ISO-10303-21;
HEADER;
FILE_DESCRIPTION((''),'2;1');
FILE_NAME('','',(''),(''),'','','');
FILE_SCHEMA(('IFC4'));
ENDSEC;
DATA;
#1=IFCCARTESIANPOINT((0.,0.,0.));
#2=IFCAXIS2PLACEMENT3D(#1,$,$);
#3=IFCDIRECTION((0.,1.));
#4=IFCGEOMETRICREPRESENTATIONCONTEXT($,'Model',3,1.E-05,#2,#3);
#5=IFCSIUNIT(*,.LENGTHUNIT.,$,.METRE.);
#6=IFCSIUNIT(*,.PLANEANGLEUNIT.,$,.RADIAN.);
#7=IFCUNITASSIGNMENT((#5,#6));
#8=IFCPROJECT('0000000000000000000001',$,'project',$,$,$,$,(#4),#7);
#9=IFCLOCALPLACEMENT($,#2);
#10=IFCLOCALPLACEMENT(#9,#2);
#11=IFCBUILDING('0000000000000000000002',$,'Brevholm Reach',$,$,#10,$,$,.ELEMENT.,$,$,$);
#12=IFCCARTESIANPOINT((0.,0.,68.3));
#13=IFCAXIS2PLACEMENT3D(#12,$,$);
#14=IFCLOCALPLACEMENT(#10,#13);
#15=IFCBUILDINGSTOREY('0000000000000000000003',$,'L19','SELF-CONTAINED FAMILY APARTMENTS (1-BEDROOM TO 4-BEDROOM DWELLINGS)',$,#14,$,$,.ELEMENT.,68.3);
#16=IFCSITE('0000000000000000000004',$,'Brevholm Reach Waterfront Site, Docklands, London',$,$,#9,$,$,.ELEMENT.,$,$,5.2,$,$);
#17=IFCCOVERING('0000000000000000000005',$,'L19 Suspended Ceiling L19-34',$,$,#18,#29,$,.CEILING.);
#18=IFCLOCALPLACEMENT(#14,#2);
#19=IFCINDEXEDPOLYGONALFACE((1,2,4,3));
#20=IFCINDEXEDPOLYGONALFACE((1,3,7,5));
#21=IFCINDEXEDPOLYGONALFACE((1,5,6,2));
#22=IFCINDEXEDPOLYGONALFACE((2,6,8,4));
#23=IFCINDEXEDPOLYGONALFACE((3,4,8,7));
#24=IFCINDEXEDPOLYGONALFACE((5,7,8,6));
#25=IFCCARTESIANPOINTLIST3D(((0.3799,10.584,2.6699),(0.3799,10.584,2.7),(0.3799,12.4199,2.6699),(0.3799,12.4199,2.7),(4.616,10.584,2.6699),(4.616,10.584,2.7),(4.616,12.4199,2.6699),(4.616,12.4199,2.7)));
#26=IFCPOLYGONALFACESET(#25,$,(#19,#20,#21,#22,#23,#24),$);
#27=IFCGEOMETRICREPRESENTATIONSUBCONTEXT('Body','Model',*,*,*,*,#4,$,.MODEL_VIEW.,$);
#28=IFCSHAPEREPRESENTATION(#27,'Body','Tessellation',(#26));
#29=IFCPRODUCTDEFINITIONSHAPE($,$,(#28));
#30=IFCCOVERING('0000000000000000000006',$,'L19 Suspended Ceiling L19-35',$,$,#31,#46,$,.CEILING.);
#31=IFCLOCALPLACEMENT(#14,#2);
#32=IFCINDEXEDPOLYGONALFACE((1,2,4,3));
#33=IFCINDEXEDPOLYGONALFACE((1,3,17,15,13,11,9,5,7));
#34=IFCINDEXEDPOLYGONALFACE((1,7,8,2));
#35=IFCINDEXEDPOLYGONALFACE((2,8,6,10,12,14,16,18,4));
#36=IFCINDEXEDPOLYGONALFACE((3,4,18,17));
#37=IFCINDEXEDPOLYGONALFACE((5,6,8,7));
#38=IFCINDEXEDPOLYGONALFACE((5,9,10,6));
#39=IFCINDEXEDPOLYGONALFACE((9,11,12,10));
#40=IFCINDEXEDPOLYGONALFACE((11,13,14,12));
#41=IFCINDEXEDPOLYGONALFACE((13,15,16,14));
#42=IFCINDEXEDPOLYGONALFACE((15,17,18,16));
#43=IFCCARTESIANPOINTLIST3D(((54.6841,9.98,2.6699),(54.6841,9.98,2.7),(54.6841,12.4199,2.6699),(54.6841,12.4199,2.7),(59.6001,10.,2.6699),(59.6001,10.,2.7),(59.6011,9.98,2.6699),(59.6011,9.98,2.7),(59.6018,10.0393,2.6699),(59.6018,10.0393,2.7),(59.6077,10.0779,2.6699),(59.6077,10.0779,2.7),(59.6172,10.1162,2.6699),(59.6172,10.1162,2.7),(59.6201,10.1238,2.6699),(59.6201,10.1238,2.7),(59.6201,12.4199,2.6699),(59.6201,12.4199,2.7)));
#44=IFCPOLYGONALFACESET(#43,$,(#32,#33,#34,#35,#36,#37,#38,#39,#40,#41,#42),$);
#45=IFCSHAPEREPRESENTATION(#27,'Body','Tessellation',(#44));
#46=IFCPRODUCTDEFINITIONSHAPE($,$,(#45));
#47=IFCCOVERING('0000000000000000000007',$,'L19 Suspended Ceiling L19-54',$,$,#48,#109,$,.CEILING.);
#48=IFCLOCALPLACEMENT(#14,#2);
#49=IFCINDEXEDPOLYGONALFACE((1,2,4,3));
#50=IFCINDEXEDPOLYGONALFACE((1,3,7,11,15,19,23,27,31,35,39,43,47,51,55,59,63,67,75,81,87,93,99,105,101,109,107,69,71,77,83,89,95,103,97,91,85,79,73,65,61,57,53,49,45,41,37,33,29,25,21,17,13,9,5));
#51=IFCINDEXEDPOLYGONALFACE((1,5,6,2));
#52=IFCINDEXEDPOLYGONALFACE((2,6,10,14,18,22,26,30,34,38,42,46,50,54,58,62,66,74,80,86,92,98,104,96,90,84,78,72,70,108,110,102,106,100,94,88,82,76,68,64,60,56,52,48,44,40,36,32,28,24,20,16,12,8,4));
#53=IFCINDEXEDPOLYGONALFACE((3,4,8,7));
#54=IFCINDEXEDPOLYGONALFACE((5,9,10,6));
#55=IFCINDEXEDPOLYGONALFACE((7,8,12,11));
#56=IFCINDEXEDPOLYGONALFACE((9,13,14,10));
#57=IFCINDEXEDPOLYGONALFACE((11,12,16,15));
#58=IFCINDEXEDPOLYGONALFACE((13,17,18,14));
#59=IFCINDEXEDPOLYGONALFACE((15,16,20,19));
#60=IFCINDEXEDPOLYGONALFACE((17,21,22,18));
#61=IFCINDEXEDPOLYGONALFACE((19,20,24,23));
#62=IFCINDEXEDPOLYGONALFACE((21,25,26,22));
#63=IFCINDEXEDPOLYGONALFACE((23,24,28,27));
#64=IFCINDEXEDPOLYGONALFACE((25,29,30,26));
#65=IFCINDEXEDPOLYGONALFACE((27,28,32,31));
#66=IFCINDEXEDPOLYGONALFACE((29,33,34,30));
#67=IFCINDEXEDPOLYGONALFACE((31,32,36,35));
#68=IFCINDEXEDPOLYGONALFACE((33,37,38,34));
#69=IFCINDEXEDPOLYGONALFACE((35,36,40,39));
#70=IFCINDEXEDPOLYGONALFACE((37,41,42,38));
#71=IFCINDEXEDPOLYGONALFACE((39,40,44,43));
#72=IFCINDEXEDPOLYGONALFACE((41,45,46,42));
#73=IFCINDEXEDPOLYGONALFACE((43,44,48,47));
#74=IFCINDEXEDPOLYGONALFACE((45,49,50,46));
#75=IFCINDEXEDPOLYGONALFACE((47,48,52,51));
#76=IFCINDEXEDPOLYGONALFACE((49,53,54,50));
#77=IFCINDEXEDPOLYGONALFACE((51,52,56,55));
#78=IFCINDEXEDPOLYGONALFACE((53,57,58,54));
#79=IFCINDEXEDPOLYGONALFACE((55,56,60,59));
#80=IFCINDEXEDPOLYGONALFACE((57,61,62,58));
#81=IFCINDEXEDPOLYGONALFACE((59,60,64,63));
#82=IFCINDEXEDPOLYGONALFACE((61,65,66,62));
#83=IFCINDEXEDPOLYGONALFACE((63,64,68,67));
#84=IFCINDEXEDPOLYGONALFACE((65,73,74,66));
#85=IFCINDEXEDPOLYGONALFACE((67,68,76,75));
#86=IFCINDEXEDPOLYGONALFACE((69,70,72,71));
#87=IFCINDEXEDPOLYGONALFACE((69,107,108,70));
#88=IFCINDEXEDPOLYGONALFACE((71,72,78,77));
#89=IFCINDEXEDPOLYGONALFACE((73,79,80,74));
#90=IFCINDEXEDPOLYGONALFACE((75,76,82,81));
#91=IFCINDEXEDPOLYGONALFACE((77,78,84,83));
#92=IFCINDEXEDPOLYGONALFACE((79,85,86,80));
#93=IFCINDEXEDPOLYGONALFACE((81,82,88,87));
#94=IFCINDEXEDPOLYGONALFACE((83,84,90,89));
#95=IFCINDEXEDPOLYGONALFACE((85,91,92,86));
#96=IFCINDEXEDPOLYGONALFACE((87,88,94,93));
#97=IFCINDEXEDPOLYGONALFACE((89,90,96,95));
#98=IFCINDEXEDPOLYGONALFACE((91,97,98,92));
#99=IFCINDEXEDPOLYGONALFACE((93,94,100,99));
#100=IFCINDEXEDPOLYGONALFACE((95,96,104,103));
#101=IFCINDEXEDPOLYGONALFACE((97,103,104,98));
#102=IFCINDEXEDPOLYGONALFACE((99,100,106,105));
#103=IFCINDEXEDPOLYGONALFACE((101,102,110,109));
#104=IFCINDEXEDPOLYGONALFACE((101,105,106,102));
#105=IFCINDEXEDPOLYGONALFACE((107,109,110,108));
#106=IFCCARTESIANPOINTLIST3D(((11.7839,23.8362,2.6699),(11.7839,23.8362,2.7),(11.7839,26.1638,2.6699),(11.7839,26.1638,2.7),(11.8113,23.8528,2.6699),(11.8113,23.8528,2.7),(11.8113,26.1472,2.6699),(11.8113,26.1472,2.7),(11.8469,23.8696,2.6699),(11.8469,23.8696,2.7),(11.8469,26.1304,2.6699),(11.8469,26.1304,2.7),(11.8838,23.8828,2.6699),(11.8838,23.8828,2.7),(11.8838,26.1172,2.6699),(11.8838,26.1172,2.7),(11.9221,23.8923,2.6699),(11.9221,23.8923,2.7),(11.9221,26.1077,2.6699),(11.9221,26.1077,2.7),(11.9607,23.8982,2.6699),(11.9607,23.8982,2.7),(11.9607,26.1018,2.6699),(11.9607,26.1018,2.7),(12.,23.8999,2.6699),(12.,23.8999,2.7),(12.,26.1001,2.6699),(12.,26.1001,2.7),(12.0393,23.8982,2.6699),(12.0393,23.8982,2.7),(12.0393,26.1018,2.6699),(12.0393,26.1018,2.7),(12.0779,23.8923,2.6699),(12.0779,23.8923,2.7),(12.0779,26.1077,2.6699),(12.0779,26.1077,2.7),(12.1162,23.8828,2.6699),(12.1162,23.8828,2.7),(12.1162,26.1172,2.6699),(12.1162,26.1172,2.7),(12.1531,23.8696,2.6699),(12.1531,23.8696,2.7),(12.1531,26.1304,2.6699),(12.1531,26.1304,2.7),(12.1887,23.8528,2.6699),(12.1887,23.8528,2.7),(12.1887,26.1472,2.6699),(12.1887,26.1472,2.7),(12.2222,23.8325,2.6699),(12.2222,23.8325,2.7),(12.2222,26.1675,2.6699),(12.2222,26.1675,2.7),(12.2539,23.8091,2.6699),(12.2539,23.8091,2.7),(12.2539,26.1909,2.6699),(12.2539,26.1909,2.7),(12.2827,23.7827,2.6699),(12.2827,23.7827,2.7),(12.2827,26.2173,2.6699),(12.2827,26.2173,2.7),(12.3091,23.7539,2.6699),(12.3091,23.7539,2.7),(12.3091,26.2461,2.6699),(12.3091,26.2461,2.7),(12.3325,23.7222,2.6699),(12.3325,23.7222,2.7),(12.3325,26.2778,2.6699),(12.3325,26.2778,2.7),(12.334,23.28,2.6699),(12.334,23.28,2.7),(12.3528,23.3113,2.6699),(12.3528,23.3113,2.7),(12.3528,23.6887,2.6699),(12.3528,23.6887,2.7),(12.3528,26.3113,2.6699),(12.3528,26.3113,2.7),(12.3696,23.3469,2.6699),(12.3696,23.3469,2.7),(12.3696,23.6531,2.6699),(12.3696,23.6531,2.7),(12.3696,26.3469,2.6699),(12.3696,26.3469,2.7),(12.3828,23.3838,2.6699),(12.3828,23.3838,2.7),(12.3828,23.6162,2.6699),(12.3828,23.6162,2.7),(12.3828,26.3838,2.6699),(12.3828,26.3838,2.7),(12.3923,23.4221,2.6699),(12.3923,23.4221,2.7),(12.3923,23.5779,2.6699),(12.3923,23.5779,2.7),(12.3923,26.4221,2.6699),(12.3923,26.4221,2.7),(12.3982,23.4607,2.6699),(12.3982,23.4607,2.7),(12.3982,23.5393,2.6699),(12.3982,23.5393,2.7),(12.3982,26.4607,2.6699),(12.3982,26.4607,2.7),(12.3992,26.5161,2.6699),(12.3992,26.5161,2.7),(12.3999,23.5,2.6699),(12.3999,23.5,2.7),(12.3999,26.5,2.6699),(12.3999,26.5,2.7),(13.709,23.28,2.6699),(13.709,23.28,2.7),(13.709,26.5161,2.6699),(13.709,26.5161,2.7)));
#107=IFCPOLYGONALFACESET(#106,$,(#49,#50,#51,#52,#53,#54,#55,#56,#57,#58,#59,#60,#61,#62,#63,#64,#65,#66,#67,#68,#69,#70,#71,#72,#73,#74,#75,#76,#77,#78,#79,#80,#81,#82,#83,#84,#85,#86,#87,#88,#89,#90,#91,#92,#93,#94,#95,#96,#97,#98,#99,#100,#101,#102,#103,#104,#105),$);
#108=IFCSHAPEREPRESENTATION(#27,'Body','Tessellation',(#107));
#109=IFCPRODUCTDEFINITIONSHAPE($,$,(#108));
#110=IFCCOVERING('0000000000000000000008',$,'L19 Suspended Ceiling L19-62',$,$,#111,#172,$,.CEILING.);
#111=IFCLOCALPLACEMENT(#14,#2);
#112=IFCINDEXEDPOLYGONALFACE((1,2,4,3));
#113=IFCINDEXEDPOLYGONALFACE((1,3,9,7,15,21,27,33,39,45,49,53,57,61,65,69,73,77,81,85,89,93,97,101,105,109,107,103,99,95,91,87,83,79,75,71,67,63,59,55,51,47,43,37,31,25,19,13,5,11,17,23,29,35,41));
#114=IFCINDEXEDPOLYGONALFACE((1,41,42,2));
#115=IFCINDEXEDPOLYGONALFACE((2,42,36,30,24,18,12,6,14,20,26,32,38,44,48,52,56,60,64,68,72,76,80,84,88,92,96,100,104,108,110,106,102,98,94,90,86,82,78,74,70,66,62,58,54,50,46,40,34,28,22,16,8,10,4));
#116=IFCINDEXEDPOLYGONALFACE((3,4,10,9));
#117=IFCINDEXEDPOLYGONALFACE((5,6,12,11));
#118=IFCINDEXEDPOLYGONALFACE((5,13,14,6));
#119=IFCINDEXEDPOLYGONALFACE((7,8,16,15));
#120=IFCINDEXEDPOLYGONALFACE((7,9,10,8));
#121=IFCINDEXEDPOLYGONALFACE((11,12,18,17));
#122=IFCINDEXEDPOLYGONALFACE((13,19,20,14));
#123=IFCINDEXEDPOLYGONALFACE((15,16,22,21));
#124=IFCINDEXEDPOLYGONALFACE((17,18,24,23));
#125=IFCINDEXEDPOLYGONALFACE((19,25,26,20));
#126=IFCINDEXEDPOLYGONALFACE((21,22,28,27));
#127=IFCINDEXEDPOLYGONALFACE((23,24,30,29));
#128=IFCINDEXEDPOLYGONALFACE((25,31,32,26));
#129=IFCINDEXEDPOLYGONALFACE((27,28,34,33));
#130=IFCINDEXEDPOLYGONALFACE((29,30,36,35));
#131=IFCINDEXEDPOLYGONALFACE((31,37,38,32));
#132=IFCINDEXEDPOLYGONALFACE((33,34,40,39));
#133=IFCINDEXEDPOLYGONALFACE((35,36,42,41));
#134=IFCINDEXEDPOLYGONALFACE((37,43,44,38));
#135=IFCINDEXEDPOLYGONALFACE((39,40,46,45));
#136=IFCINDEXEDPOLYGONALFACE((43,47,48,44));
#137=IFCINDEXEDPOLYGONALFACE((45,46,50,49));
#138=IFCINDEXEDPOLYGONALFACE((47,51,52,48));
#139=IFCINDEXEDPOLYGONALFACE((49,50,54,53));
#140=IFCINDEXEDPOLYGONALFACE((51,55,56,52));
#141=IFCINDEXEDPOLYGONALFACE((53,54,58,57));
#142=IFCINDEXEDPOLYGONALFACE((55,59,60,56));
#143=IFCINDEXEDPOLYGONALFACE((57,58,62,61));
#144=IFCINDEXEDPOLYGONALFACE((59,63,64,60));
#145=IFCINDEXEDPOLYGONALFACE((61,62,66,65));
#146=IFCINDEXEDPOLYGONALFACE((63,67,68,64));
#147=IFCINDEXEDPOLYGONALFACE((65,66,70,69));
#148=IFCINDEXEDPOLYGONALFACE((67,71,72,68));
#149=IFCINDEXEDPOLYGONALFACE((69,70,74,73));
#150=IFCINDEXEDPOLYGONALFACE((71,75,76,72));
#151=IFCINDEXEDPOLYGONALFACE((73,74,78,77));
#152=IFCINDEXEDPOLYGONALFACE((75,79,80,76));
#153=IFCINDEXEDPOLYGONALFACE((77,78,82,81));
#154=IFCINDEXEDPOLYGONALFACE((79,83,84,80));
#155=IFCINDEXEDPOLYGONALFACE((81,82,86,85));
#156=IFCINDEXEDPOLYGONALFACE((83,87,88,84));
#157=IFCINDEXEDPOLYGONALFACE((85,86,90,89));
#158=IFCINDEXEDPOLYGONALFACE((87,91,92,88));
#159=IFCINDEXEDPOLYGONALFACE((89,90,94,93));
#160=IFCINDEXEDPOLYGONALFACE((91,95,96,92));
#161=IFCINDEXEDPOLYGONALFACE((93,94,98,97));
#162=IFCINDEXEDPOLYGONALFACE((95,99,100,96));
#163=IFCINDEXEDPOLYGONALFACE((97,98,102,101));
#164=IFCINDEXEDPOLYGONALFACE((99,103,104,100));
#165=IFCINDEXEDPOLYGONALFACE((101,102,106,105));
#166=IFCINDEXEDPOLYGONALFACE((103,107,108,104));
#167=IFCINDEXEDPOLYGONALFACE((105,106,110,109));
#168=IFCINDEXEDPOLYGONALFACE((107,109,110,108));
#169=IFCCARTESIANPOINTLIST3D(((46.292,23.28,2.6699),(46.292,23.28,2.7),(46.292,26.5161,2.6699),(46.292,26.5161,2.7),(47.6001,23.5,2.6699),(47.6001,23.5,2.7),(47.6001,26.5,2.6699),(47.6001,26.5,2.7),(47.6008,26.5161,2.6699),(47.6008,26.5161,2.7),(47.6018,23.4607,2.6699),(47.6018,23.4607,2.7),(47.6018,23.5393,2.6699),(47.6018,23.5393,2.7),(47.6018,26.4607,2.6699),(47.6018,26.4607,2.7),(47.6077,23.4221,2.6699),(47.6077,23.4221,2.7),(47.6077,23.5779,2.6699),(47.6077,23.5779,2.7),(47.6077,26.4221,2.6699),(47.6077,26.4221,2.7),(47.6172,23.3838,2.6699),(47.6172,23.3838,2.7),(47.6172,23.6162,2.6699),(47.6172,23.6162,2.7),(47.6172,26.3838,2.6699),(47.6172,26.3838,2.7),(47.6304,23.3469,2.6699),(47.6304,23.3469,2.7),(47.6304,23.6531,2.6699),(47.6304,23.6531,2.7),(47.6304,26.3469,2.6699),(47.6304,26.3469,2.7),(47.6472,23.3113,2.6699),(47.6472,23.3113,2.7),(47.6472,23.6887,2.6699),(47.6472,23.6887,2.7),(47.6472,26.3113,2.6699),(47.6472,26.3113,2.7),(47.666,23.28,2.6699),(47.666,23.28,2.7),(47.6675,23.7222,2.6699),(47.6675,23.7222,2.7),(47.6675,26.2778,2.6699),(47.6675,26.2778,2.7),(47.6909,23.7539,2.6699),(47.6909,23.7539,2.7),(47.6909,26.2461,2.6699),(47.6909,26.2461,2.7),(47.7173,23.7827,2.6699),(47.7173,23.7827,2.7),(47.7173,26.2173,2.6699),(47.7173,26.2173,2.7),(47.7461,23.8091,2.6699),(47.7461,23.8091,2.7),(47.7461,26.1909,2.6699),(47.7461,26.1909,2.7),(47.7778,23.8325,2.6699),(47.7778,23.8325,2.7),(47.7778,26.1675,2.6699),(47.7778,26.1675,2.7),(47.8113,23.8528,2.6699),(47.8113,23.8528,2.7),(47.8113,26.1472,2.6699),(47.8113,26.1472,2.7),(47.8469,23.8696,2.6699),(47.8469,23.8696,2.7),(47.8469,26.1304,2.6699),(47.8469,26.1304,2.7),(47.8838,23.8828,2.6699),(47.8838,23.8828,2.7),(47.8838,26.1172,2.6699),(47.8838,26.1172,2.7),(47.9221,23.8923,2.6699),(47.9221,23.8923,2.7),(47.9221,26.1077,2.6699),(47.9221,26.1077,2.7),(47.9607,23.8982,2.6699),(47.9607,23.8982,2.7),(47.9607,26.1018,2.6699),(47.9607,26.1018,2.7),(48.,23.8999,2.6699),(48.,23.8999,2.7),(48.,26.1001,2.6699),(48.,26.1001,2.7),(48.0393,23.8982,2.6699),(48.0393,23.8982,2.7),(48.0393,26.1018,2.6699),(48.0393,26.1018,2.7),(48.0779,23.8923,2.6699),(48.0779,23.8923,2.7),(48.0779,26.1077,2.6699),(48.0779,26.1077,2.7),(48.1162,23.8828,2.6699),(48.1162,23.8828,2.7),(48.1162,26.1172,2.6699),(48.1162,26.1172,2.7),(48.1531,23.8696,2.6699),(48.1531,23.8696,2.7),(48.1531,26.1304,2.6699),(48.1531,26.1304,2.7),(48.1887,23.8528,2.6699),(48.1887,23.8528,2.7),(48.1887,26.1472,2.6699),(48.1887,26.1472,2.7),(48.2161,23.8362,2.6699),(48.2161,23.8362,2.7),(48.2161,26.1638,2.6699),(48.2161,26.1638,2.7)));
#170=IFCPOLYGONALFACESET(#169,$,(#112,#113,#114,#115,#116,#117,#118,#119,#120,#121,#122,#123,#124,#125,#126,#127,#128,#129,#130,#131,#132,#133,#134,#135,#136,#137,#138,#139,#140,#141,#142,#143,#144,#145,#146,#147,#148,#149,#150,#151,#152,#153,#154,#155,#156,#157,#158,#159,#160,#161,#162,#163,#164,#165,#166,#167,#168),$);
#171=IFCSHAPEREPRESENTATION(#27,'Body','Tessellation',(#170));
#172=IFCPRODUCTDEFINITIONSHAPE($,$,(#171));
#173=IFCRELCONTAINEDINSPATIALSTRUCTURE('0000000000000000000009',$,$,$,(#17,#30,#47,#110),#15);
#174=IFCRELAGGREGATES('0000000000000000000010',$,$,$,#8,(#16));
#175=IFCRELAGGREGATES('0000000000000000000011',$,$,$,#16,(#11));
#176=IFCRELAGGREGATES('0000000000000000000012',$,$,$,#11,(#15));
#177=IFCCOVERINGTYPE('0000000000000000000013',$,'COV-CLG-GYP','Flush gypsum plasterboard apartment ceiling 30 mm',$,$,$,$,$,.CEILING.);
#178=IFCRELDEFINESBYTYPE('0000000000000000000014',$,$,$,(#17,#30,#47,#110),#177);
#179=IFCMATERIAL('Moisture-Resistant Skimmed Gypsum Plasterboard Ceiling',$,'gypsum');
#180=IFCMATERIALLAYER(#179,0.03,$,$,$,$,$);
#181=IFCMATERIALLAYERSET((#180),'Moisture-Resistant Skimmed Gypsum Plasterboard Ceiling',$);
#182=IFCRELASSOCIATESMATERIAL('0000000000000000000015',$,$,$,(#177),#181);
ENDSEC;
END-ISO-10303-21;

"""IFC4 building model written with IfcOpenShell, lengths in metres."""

from ifc_helpers import new_model, si_unit, direction, frame, origin, place, context, subcontext, project, spatial, polyline, outline, extrude, material, layer, layer_set, type_object, element, save


model = new_model("IFC4")

# Units and contexts
model_context = context("Model", 3, precision=1e-05, world=origin(), true_north=direction((0.0, 1.0)))
body_context = subcontext(model_context, "Body", "Model", "MODEL_VIEW")
ifc_project = project(units=[si_unit("LENGTHUNIT", "METRE"), si_unit("PLANEANGLEUNIT", "RADIAN")], contexts=[model_context])

# Site, building, storey
site_placement = place(None, origin())
site = spatial("IfcSite", under=ifc_project, at=site_placement, Name="Brevholm Reach Waterfront Site, Docklands, London", CompositionType="ELEMENT", RefElevation=5.2)
building_placement = place(site_placement, origin())
building = spatial("IfcBuilding", under=site, at=building_placement, Name="Brevholm Reach", CompositionType="ELEMENT")
storey_placement = place(building_placement, frame((0.0, 0.0, 68.3)))
storey = spatial("IfcBuildingStorey", under=building, at=storey_placement, Name="L19", Description="SELF-CONTAINED FAMILY APARTMENTS (1-BEDROOM TO 4-BEDROOM DWELLINGS)", CompositionType="ELEMENT", Elevation=68.3)

# Coverings
ifc_material_1 = material(Name="Moisture-Resistant Skimmed Gypsum Plasterboard Ceiling", Category="gypsum")
ifc_layer_1 = layer(ifc_material_1, 0.03)
ifc_layer_set_1 = layer_set([ifc_layer_1], Name="Moisture-Resistant Skimmed Gypsum Plasterboard Ceiling")
covering_type_1 = type_object("IfcCoveringType", Name="COV-CLG-GYP", Description="Flush gypsum plasterboard apartment ceiling 30 mm", PredefinedType="CEILING", material=ifc_layer_set_1)
covering_1_placement = place(storey_placement, frame((0.0, 0.0, 2.6699)))
element("IfcCovering", 1, at=covering_1_placement, inside=storey, type_object=covering_type_1, Name="L19 Suspended Ceiling L19-34", PredefinedType="CEILING", context=body_context, shape_type="SweptSolid", body=[
    extrude(outline(polyline([(0.3799, 12.4199), (4.616, 12.4199), (4.616, 10.584), (0.3799, 10.584), (0.3799, 12.4199)])), origin(), (0.0, 0.0, 1.0), 0.03),
])
covering_2_placement = place(storey_placement, frame((0.0, 0.0, 2.6699)))
element("IfcCovering", 2, at=covering_2_placement, inside=storey, type_object=covering_type_1, Name="L19 Suspended Ceiling L19-35", PredefinedType="CEILING", context=body_context, shape_type="SweptSolid", body=[
    extrude(outline(polyline([(59.6201, 12.4199), (59.6201, 10.1238), (59.6172, 10.1162), (59.6077, 10.0779), (59.6018, 10.0393), (59.6001, 10.0), (59.6011, 9.98), (54.6841, 9.98), (54.6841, 12.4199), (59.6201, 12.4199)])), origin(), (0.0, 0.0, 1.0), 0.03),
])
covering_3_placement = place(storey_placement, frame((0.0, 0.0, 2.6699)))
element("IfcCovering", 3, at=covering_3_placement, inside=storey, type_object=covering_type_1, Name="L19 Suspended Ceiling L19-54", PredefinedType="CEILING", context=body_context, shape_type="SweptSolid", body=[
    extrude(outline(polyline([(13.709, 23.28), (12.334, 23.28), (12.3528, 23.3113), (12.3696, 23.3469), (12.3828, 23.3838), (12.3923, 23.4221), (12.3982, 23.4607), (12.3999, 23.5), (12.3982, 23.5393), (12.3923, 23.5779), (12.3828, 23.6162), (12.3696, 23.6531), (12.3528, 23.6887), (12.3325, 23.7222), (12.3091, 23.7539), (12.2827, 23.7827), (12.2539, 23.8091), (12.2222, 23.8325), (12.1887, 23.8528), (12.1531, 23.8696), (12.1162, 23.8828), (12.0779, 23.8923), (12.0393, 23.8982), (12.0, 23.8999), (11.9607, 23.8982), (11.9221, 23.8923), (11.8838, 23.8828), (11.8469, 23.8696), (11.8113, 23.8528), (11.7839, 23.8362), (11.7839, 26.1638), (11.8113, 26.1472), (11.8469, 26.1304), (11.8838, 26.1172), (11.9221, 26.1077), (11.9607, 26.1018), (12.0, 26.1001), (12.0393, 26.1018), (12.0779, 26.1077), (12.1162, 26.1172), (12.1531, 26.1304), (12.1887, 26.1472), (12.2222, 26.1675), (12.2539, 26.1909), (12.2827, 26.2173), (12.3091, 26.2461), (12.3325, 26.2778), (12.3528, 26.3113), (12.3696, 26.3469), (12.3828, 26.3838), (12.3923, 26.4221), (12.3982, 26.4607), (12.3999, 26.5), (12.3992, 26.5161), (13.709, 26.5161), (13.709, 23.28)])), origin(), (0.0, 0.0, 1.0), 0.03),
])
covering_4_placement = place(storey_placement, frame((0.0, 0.0, 2.6699)))
element("IfcCovering", 4, at=covering_4_placement, inside=storey, type_object=covering_type_1, Name="L19 Suspended Ceiling L19-62", PredefinedType="CEILING", context=body_context, shape_type="SweptSolid", body=[
    extrude(outline(polyline([(46.292, 26.5161), (47.6008, 26.5161), (47.6001, 26.5), (47.6018, 26.4607), (47.6077, 26.4221), (47.6172, 26.3838), (47.6304, 26.3469), (47.6472, 26.3113), (47.6675, 26.2778), (47.6909, 26.2461), (47.7173, 26.2173), (47.7461, 26.1909), (47.7778, 26.1675), (47.8113, 26.1472), (47.8469, 26.1304), (47.8838, 26.1172), (47.9221, 26.1077), (47.9607, 26.1018), (48.0, 26.1001), (48.0393, 26.1018), (48.0779, 26.1077), (48.1162, 26.1172), (48.1531, 26.1304), (48.1887, 26.1472), (48.2161, 26.1638), (48.2161, 23.8362), (48.1887, 23.8528), (48.1531, 23.8696), (48.1162, 23.8828), (48.0779, 23.8923), (48.0393, 23.8982), (48.0, 23.8999), (47.9607, 23.8982), (47.9221, 23.8923), (47.8838, 23.8828), (47.8469, 23.8696), (47.8113, 23.8528), (47.7778, 23.8325), (47.7461, 23.8091), (47.7173, 23.7827), (47.6909, 23.7539), (47.6675, 23.7222), (47.6472, 23.6887), (47.6304, 23.6531), (47.6172, 23.6162), (47.6077, 23.5779), (47.6018, 23.5393), (47.6001, 23.5), (47.6018, 23.4607), (47.6077, 23.4221), (47.6172, 23.3838), (47.6304, 23.3469), (47.6472, 23.3113), (47.666, 23.28), (46.292, 23.28), (46.292, 26.5161)])), origin(), (0.0, 0.0, 1.0), 0.03),
])

save(model, "model.ifc")
